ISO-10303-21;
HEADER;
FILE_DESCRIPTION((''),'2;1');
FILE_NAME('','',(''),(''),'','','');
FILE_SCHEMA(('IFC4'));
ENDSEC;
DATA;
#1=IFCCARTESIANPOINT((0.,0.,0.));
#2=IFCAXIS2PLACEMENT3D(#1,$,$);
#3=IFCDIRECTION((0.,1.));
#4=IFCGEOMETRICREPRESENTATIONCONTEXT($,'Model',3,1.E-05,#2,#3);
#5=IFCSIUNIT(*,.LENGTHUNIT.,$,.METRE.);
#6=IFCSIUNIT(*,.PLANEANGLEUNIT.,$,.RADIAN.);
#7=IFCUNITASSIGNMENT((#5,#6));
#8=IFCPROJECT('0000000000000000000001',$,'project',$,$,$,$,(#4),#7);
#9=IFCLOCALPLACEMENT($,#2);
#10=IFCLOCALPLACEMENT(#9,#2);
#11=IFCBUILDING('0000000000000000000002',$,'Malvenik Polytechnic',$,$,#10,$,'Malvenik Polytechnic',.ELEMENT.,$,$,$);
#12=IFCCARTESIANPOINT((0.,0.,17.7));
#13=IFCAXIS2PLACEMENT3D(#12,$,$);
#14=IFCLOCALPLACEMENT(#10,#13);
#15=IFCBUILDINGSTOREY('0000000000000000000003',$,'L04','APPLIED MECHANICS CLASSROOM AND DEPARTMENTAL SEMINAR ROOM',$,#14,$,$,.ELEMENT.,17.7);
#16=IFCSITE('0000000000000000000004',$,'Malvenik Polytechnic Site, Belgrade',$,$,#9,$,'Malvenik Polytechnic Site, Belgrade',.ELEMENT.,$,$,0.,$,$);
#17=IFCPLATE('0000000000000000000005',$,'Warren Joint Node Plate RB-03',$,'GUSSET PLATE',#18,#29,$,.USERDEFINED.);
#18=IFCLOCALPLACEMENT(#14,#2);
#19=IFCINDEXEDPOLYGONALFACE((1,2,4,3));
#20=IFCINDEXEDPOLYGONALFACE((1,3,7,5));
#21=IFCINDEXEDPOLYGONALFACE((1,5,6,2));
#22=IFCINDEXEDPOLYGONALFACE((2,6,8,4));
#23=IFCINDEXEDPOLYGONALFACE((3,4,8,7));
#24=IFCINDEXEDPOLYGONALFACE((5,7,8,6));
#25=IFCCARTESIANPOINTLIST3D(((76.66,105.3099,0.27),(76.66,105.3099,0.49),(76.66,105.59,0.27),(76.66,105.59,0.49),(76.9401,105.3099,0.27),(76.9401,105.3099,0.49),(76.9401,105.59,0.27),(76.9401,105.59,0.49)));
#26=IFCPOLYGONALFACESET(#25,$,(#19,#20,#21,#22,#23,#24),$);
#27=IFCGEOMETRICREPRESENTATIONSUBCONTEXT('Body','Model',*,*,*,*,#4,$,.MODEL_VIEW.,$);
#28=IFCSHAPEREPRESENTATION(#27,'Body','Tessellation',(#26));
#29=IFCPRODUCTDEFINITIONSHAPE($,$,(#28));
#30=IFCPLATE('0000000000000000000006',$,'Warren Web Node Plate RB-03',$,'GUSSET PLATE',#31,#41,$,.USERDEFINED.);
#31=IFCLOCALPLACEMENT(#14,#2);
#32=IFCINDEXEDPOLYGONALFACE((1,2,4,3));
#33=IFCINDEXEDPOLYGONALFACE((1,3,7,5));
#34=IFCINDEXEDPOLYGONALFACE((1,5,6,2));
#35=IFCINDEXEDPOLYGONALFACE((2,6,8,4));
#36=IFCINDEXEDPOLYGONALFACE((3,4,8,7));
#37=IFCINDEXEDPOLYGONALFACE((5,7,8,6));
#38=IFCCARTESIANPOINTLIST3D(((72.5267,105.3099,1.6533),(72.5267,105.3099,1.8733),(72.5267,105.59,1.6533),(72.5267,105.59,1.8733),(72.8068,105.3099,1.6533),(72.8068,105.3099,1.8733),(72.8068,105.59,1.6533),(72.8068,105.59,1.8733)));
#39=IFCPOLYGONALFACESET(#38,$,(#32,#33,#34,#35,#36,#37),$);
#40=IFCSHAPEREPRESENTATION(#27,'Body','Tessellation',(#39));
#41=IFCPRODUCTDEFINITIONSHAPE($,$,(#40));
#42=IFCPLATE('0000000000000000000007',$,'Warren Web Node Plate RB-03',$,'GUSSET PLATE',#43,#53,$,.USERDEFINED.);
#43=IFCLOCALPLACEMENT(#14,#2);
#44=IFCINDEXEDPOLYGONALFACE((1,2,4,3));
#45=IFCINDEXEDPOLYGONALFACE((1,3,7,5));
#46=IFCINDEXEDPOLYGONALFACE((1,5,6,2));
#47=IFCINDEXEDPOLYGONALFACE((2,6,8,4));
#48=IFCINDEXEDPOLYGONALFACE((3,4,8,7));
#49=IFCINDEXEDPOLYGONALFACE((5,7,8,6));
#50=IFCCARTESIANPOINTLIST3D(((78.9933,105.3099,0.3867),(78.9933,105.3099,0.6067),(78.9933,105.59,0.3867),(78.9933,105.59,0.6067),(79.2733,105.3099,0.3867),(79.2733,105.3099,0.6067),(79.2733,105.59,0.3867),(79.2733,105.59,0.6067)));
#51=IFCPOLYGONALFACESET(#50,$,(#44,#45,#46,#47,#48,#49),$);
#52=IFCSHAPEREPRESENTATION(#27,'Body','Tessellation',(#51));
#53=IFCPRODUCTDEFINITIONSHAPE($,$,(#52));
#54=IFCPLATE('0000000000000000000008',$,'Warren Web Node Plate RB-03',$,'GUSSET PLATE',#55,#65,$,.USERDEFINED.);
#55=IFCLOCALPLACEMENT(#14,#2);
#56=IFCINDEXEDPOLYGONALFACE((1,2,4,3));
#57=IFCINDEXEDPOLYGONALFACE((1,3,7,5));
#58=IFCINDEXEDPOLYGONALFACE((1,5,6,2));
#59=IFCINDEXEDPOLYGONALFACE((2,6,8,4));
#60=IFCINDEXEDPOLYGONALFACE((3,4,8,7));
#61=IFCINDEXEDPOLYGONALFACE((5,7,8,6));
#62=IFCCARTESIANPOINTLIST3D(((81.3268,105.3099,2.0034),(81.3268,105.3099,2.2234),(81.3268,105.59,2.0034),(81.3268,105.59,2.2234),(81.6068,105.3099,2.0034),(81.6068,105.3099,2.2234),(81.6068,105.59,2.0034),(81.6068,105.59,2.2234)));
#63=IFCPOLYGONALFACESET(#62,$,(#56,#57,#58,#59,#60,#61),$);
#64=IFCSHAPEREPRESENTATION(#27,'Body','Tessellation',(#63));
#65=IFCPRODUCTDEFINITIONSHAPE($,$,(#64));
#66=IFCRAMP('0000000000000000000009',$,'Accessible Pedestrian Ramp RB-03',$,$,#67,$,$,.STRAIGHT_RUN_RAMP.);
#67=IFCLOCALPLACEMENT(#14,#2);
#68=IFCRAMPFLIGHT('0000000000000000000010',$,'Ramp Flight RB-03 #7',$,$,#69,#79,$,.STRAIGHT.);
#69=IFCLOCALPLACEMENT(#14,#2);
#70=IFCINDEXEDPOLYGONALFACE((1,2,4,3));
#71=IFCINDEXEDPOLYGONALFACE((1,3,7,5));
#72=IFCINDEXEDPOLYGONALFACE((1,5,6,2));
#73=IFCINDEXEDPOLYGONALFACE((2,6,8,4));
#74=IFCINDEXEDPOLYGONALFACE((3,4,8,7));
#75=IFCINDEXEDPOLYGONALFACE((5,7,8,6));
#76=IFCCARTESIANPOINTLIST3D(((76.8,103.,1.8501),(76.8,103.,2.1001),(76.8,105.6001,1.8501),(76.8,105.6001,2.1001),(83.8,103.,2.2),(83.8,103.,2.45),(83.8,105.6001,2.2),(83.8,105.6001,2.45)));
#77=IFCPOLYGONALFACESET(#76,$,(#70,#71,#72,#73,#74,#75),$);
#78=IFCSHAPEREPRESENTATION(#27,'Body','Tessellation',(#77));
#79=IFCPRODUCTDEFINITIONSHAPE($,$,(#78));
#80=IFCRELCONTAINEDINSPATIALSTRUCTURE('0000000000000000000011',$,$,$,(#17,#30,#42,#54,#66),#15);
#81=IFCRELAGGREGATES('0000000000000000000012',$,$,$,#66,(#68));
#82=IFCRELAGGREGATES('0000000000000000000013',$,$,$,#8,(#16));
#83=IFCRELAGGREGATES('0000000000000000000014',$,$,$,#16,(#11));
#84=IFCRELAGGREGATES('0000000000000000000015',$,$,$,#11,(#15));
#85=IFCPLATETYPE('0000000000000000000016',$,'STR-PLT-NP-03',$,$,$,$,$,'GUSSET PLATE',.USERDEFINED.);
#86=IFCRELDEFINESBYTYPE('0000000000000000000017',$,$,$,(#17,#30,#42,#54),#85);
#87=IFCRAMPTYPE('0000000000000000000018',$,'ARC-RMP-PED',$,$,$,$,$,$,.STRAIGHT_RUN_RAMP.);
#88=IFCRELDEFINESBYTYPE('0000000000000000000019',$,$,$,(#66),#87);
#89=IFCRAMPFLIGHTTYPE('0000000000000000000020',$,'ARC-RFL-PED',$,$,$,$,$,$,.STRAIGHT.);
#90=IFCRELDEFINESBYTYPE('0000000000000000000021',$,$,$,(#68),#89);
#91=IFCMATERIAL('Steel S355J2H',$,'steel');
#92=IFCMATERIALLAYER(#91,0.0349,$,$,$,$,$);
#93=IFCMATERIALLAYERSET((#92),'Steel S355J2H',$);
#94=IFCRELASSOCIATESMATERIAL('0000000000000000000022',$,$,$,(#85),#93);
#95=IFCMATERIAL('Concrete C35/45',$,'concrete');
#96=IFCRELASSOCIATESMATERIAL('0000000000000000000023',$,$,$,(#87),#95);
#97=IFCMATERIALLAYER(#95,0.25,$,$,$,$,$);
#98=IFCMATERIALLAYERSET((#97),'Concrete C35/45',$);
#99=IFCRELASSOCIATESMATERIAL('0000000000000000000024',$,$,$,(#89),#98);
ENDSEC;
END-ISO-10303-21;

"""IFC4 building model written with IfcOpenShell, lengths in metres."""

from ifc_helpers import new_model, si_unit, direction, frame, origin, origin_2d, place, context, subcontext, project, spatial, polyline, rectangle, outline, extrude, material, layer, layer_set, type_object, element, aggregate, save


model = new_model("IFC4")

# Units and contexts
model_context = context("Model", 3, precision=1e-05, world=origin(), true_north=direction((0.0, 1.0)))
body_context = subcontext(model_context, "Body", "Model", "MODEL_VIEW")
ifc_project = project(units=[si_unit("LENGTHUNIT", "METRE"), si_unit("PLANEANGLEUNIT", "RADIAN")], contexts=[model_context])

# Site, building, storey
site_placement = place(None, origin())
site = spatial("IfcSite", under=ifc_project, at=site_placement, Name="Malvenik Polytechnic Site, Belgrade", LongName="Malvenik Polytechnic Site, Belgrade", CompositionType="ELEMENT", RefElevation=0.0)
building_placement = place(site_placement, origin())
building = spatial("IfcBuilding", under=site, at=building_placement, Name="Malvenik Polytechnic", LongName="Malvenik Polytechnic", CompositionType="ELEMENT")
storey_placement = place(building_placement, frame((0.0, 0.0, 17.7)))
storey = spatial("IfcBuildingStorey", under=building, at=storey_placement, Name="L04", Description="APPLIED MECHANICS CLASSROOM AND DEPARTMENTAL SEMINAR ROOM", CompositionType="ELEMENT", Elevation=17.7)

# Shared definitions
ifc_material_1 = material(Name="Steel S355J2H", Category="steel")

# Plates
ifc_layer_1 = layer(ifc_material_1, 0.0349)
ifc_layer_set_1 = layer_set([ifc_layer_1], Name="Steel S355J2H")
plate_type = type_object("IfcPlateType", Name="STR-PLT-NP-03", ElementType="GUSSET PLATE", PredefinedType="USERDEFINED", material=ifc_layer_set_1)
for number, where, z_axis, x_axis, name in (
    (1, (76.8, 105.45, 0.27), (0.0, 0.0, 1.0), (1.0, 0.0, 0.0), "Warren Joint Node Plate RB-03"),
    (2, (72.6667, 105.45, 1.6533), (0.0, 0.0, 1.0), (1.0, 0.0, 0.0), "Warren Web Node Plate RB-03"),
    (3, (79.1333, 105.45, 0.3867), (0.0, 0.0, 1.0), (1.0, 0.0, 0.0), "Warren Web Node Plate RB-03"),
    (4, (81.4668, 105.45, 2.0034), (0.0, 0.0, 1.0), (1.0, 0.0, 0.0), "Warren Web Node Plate RB-03"),
):
    element("IfcPlate", number, at=place(storey_placement, frame(where, z_axis=z_axis, x_axis=x_axis)), inside=storey, type_object=plate_type, Name=name, ObjectType="GUSSET PLATE", PredefinedType="USERDEFINED", context=body_context, shape_type="SweptSolid", body=[
        extrude(rectangle(XDim=0.28, YDim=0.28, at=origin_2d()), origin(), (0.0, 0.0, 1.0), 0.22),
    ])

# Ramp, ramp flight
ifc_material_2 = material(Name="Concrete C35/45", Category="concrete")
ramp_type = type_object("IfcRampType", Name="ARC-RMP-PED", PredefinedType="STRAIGHT_RUN_RAMP", material=ifc_material_2)
ramp_placement = place(storey_placement, origin())
ramp = element("IfcRamp", 5, at=ramp_placement, inside=storey, type_object=ramp_type, Name="Accessible Pedestrian Ramp RB-03", PredefinedType="STRAIGHT_RUN_RAMP")
ifc_layer_2 = layer(ifc_material_2, 0.25)
ifc_layer_set_2 = layer_set([ifc_layer_2], Name="Concrete C35/45")
ramp_flight_type = type_object("IfcRampFlightType", Name="ARC-RFL-PED", PredefinedType="STRAIGHT", material=ifc_layer_set_2)
ramp_flight_placement = place(storey_placement, frame((76.8, 104.3, 2.1001), z_axis=(0.0, 0.0, 1.0), x_axis=(1.0, 0.0, 0.0)))
ramp_flight = element("IfcRampFlight", 6, at=ramp_flight_placement, type_object=ramp_flight_type, Name="Ramp Flight RB-03 #7", PredefinedType="STRAIGHT", context=body_context, shape_type="SweptSolid", body=[
    extrude(outline(polyline([(0.0, -0.25), (7.0, 0.0999), (7.0, 0.3499), (0.0, 0.0), (0.0, -0.25)])), frame((0.0, 1.3, 0.0), z_axis=(0.0, -1.0, 0.0), x_axis=(1.0, 0.0, 0.0)), (0.0, 0.0, 1.0), 2.6001),
])
aggregate(ramp, [ramp_flight])

save(model, "model.ifc")
